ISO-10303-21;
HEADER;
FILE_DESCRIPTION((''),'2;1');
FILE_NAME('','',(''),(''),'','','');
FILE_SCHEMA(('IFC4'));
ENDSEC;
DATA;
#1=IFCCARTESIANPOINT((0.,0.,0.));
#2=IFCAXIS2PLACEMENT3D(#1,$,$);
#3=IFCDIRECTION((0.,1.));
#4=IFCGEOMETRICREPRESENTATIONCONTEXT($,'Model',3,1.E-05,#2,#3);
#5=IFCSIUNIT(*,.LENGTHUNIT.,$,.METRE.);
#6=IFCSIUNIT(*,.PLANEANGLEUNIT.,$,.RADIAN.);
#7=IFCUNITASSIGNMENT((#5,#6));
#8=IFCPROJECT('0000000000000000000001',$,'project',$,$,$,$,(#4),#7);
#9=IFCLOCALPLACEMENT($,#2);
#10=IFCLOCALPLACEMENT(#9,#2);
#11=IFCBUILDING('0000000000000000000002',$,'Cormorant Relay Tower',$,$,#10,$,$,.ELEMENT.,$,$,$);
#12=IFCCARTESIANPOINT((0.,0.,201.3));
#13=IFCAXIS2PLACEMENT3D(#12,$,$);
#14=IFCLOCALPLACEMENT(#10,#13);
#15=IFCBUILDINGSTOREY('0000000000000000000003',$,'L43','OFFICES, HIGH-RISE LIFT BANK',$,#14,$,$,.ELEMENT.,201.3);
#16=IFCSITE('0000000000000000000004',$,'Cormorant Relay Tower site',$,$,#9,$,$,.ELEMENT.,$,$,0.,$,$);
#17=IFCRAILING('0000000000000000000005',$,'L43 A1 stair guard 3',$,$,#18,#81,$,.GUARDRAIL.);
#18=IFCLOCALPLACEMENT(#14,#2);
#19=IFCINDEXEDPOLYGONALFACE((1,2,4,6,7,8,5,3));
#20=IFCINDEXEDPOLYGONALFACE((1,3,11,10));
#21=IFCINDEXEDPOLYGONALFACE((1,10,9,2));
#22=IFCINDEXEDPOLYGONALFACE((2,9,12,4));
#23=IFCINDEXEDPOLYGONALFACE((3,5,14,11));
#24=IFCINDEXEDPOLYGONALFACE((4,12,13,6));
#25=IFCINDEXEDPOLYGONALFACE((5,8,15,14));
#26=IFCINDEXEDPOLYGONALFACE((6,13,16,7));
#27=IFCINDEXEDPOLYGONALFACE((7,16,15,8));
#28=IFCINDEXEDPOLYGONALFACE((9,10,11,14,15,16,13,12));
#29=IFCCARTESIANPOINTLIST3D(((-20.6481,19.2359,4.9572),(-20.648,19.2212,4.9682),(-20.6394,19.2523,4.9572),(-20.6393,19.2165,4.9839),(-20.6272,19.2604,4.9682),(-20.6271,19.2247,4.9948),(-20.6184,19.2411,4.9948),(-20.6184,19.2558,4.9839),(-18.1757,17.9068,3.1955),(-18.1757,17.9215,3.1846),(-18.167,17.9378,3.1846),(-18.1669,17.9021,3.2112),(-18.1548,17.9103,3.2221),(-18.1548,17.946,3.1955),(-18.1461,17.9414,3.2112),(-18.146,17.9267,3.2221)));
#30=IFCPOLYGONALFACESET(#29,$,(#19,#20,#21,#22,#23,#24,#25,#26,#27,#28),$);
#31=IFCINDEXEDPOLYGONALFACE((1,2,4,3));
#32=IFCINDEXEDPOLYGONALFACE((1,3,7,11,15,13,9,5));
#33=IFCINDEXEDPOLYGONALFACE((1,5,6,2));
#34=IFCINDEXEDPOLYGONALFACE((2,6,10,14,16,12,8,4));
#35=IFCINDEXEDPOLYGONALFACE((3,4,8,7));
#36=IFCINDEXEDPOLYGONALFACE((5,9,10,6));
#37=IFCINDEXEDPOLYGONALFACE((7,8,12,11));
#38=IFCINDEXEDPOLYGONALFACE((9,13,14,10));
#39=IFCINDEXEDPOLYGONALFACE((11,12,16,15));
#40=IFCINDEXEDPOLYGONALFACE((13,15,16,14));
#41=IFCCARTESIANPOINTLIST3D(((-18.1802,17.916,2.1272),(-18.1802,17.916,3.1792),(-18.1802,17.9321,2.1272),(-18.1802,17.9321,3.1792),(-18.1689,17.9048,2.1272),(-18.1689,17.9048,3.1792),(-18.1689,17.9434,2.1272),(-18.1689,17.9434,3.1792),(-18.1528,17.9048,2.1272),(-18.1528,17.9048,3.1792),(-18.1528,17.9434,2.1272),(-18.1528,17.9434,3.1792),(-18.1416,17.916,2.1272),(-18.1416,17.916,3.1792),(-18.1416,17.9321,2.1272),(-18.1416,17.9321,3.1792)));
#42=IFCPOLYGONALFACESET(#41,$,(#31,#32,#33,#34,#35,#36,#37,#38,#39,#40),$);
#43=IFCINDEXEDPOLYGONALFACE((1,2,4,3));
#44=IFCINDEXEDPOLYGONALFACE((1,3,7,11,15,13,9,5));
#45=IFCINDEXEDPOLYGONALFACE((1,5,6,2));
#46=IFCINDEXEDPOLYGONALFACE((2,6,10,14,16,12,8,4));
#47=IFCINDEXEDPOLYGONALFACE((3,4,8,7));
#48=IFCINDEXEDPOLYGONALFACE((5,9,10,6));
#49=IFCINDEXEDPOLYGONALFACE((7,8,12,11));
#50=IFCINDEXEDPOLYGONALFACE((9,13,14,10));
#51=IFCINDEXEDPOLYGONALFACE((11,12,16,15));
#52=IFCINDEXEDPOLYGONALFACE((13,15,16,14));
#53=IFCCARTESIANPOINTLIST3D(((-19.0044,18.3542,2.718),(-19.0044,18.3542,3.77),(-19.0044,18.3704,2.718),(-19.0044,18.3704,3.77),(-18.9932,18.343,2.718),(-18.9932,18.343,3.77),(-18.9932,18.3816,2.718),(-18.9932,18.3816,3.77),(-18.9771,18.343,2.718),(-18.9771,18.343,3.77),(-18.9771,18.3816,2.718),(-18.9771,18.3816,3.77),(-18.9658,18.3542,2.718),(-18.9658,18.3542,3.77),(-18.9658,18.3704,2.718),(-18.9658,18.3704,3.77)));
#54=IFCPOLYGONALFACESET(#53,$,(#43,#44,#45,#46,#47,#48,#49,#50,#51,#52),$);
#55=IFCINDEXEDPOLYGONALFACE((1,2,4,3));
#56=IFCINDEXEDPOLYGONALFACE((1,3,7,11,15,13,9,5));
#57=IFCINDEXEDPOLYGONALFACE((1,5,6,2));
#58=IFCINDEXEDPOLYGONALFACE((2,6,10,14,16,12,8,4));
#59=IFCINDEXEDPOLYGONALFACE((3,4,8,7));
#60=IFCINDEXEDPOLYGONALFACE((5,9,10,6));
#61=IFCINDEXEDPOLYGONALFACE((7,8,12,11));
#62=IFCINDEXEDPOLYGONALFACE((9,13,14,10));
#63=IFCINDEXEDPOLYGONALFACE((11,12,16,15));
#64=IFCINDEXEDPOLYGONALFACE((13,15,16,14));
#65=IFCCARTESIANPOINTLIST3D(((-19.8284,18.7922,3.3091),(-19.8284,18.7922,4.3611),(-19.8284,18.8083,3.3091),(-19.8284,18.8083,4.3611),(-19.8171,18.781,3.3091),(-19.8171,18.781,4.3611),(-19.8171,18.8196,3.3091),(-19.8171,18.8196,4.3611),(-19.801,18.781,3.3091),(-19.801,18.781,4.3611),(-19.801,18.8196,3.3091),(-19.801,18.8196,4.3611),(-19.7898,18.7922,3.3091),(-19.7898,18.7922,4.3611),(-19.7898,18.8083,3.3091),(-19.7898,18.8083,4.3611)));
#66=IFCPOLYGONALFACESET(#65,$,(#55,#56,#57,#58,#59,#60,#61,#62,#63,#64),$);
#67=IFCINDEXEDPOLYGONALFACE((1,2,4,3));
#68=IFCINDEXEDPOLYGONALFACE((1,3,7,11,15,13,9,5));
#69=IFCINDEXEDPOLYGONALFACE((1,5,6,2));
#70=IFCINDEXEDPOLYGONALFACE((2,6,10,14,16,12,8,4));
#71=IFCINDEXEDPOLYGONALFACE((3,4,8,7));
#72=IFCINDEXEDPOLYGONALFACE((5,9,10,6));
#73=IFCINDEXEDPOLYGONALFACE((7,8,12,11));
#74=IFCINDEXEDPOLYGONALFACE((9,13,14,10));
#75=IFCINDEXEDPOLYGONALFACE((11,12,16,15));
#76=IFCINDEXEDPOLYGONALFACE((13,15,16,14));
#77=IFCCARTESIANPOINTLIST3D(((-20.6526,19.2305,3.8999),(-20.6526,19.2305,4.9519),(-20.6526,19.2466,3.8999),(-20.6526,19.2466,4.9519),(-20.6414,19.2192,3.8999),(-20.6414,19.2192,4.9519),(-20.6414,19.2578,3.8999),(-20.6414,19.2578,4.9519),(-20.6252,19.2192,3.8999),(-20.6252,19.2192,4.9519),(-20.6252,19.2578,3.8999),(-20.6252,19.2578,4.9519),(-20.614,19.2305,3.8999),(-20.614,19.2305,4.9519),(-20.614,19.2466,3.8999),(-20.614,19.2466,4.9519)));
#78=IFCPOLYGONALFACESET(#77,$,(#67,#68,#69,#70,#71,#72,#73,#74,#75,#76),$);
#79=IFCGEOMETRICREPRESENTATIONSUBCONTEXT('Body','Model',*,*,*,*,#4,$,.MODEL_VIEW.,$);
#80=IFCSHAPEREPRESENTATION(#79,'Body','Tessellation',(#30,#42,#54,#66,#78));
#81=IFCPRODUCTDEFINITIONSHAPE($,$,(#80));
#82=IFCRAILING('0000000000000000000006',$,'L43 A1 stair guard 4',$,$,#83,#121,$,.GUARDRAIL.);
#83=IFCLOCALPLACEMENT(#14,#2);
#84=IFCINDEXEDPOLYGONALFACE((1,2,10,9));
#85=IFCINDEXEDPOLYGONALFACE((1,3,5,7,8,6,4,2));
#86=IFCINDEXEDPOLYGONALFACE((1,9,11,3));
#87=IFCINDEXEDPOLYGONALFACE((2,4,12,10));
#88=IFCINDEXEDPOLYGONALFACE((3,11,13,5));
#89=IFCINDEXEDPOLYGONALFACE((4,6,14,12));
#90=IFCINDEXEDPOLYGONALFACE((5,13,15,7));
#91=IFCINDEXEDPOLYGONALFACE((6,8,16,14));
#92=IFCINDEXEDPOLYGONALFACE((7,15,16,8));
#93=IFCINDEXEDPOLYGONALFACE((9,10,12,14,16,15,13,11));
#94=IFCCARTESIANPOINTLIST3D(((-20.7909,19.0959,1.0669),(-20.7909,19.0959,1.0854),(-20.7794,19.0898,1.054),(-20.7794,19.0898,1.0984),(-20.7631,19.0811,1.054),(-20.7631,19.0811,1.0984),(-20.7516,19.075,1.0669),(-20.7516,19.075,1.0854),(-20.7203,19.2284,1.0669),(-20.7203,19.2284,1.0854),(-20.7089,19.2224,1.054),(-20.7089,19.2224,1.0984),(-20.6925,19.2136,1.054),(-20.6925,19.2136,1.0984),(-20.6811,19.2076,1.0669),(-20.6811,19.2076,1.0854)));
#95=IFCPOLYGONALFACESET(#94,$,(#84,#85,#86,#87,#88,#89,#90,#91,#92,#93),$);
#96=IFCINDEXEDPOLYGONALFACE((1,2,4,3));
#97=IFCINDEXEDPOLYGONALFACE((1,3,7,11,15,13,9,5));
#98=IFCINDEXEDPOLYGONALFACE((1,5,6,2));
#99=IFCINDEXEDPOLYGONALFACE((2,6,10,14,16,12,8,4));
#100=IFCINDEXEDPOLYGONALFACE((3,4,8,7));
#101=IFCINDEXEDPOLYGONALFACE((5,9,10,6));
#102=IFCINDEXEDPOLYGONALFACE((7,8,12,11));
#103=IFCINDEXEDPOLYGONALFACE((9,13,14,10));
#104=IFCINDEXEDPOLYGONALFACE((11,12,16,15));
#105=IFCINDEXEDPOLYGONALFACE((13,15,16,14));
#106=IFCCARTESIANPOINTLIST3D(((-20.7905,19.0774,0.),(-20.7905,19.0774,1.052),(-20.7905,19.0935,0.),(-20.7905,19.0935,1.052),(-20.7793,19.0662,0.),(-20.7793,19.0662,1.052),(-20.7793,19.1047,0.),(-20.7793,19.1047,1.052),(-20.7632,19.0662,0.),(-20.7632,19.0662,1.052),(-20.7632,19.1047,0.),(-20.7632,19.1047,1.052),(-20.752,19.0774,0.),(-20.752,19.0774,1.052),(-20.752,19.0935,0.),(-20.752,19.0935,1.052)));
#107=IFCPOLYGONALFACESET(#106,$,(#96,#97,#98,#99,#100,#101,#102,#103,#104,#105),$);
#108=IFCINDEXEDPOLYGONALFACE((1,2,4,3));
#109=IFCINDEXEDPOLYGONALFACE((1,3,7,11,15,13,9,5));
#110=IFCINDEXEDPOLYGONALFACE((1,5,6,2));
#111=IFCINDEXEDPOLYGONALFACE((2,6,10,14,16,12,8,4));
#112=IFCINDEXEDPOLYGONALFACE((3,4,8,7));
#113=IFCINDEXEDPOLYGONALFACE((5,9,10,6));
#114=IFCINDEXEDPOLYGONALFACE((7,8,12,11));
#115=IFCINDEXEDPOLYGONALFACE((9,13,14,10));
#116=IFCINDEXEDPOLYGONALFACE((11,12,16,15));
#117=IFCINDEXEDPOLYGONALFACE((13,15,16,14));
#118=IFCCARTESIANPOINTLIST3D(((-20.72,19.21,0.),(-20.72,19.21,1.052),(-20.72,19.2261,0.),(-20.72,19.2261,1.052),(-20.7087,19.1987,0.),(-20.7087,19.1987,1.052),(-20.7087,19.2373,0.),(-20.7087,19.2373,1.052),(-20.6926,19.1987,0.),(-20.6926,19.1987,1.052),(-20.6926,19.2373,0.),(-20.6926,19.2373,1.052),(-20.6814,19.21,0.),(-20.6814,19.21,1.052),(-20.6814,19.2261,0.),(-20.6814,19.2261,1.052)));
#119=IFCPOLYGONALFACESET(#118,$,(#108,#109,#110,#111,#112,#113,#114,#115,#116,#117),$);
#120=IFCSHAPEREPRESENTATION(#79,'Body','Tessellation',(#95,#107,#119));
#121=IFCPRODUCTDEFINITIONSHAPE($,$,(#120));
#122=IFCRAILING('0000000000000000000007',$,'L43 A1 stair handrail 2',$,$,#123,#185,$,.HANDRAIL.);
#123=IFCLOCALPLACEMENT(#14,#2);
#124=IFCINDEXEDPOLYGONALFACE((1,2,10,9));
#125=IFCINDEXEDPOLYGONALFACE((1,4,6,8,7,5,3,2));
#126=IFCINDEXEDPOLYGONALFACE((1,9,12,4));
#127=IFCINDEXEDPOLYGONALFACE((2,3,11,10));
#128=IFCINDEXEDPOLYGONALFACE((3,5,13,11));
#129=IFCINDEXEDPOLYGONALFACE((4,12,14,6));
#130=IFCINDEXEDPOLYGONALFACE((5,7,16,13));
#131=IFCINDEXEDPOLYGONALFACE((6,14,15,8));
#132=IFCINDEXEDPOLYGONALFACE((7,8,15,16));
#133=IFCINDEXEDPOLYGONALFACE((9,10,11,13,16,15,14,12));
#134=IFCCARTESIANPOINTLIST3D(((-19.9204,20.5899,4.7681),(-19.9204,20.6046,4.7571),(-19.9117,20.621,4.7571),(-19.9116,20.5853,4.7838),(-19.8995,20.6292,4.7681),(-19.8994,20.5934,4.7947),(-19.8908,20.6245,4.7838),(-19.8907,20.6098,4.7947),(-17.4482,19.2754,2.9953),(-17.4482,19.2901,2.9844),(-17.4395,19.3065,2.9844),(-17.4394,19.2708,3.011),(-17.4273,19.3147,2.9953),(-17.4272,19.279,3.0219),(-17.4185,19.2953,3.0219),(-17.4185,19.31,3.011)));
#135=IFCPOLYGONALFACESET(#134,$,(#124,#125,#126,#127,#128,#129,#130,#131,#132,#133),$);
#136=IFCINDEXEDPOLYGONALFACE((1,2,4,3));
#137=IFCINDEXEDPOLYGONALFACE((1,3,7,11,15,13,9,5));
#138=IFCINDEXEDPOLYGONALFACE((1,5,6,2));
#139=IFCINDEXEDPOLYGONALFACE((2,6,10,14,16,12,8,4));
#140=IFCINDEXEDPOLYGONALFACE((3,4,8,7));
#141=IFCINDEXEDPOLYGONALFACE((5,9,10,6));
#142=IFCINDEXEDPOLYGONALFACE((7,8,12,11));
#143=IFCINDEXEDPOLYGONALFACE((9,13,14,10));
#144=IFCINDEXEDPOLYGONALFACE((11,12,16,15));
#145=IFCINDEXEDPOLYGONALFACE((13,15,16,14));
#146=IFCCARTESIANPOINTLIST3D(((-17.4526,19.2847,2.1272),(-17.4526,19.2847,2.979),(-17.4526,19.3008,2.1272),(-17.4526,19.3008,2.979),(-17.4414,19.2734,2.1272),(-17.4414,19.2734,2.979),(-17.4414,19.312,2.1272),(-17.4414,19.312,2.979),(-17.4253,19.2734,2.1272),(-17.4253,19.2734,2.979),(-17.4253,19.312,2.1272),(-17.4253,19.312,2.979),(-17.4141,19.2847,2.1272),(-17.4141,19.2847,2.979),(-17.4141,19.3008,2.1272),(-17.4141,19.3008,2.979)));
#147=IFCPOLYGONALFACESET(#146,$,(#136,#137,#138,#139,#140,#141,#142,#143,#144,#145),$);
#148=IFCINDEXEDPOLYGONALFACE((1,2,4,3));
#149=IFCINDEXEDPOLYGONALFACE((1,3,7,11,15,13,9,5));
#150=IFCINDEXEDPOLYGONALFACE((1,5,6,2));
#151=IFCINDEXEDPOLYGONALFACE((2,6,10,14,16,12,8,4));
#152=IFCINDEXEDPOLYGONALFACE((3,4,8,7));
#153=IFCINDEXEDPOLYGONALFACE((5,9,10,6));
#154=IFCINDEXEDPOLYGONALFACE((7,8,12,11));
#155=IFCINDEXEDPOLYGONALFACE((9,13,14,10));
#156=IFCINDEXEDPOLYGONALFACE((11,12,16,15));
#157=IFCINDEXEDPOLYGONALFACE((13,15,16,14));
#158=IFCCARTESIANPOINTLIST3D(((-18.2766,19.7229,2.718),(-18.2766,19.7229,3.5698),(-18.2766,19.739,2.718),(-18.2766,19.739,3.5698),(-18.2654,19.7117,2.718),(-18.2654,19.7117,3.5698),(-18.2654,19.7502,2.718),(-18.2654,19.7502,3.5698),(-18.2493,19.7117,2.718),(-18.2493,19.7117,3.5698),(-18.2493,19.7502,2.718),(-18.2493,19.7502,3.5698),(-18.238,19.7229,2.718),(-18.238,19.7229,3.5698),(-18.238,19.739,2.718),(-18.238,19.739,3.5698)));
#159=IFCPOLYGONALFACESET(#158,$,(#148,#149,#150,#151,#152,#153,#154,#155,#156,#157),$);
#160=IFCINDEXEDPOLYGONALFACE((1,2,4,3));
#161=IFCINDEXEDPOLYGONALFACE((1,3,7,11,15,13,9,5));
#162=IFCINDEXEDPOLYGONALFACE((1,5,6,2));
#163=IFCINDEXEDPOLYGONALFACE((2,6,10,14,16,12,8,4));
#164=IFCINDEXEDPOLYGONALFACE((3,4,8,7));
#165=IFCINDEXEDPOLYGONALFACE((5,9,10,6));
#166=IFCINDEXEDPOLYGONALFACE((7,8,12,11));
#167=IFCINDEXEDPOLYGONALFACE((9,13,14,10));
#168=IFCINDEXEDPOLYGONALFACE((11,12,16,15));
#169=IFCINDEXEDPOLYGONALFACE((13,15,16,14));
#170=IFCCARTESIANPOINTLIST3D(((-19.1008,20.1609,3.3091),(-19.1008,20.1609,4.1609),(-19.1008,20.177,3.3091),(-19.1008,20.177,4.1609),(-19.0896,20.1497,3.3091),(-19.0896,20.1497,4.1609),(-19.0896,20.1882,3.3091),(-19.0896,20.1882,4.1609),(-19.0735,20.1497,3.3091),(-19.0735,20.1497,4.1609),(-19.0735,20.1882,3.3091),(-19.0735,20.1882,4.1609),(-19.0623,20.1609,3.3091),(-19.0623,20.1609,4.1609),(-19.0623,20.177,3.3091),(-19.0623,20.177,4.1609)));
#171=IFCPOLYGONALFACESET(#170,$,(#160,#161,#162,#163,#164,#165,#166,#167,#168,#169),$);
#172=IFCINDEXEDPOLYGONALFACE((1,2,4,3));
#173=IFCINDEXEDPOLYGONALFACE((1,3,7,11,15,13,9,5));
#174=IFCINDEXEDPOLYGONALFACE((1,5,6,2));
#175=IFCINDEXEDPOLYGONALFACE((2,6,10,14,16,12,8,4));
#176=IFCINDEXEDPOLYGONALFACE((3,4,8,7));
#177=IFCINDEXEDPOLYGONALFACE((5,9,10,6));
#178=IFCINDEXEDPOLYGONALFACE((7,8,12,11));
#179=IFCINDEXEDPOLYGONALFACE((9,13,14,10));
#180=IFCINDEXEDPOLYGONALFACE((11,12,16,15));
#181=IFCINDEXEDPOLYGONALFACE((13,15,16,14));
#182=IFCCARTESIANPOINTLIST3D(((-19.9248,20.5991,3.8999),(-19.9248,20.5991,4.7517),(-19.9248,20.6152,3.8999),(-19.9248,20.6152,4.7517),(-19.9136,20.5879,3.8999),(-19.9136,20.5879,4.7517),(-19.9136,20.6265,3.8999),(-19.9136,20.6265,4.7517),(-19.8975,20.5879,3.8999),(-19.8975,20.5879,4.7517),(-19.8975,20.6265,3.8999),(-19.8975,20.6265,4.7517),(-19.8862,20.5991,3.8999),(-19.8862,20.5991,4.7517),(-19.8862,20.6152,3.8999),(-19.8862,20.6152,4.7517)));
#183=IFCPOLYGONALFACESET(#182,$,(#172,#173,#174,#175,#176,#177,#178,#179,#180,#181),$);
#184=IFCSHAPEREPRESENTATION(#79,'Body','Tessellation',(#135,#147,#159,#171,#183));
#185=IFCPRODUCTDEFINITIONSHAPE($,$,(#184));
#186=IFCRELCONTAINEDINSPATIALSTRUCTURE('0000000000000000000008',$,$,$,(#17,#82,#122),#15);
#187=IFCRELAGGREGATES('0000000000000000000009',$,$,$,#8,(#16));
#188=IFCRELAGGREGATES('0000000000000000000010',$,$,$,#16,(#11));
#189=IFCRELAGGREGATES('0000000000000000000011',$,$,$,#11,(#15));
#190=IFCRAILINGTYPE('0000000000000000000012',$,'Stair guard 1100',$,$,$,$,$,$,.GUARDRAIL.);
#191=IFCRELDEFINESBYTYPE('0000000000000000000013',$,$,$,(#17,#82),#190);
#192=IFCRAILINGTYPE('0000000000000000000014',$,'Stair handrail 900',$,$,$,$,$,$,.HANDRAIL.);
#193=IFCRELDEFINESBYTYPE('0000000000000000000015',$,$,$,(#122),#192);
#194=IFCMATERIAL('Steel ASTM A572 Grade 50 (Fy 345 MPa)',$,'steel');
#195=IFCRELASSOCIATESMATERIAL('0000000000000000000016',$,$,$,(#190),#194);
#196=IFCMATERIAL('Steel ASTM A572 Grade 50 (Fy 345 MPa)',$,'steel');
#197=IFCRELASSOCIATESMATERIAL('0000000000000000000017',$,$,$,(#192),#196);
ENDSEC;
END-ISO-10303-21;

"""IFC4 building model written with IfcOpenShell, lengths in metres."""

from ifc_helpers import new_model, si_unit, direction, frame, origin, place, context, subcontext, project, spatial, polyline, outline, extrude, material, type_object, element, save


model = new_model("IFC4")

# Units and contexts
model_context = context("Model", 3, precision=1e-05, world=origin(), true_north=direction((0.0, 1.0)))
body_context = subcontext(model_context, "Body", "Model", "MODEL_VIEW")
ifc_project = project(units=[si_unit("LENGTHUNIT", "METRE"), si_unit("PLANEANGLEUNIT", "RADIAN")], contexts=[model_context])

# Site, building, storey
site_placement = place(None, origin())
site = spatial("IfcSite", under=ifc_project, at=site_placement, Name="Cormorant Relay Tower site", CompositionType="ELEMENT", RefElevation=0.0)
building_placement = place(site_placement, origin())
building = spatial("IfcBuilding", under=site, at=building_placement, Name="Cormorant Relay Tower", CompositionType="ELEMENT")
storey_placement = place(building_placement, frame((0.0, 0.0, 201.3)))
storey = spatial("IfcBuildingStorey", under=building, at=storey_placement, Name="L43", Description="OFFICES, HIGH-RISE LIFT BANK", CompositionType="ELEMENT", Elevation=201.3)

# Railings
ifc_material_1 = material(Name="Steel ASTM A572 Grade 50 (Fy 345 MPa)", Category="steel")
railing_type_1 = type_object("IfcRailingType", Name="Stair guard 1100", PredefinedType="GUARDRAIL", material=ifc_material_1)
railing_1_placement = place(storey_placement, frame((-18.1609, 17.9241, 2.1272)))
element("IfcRailing", 1, at=railing_1_placement, inside=storey, type_object=railing_type_1, Name="L43 A1 stair guard 3", PredefinedType="GUARDRAIL", context=body_context, shape_type="SweptSolid", body=[
    extrude(outline(polyline([(0.0222, 0.0093), (0.0093, 0.0222), (-0.0093, 0.0222), (-0.0222, 0.0093), (-0.0222, -0.0093), (-0.0093, -0.0222), (0.0093, -0.0222), (0.0222, -0.0093), (0.0222, 0.0093)])), frame((0.0, 0.0, 1.0762), z_axis=(-0.746034, 0.396627, 0.534902), x_axis=(-0.469429, -0.88297, 0.0)), (0.0, 0.0, 1.0), 3.314),
    extrude(outline(polyline([(0.0193, 0.0081), (0.0081, 0.0193), (-0.0081, 0.0193), (-0.0193, 0.0081), (-0.0193, -0.0081), (-0.0081, -0.0193), (0.0081, -0.0193), (0.0193, -0.0081), (0.0193, 0.0081)])), origin(), (0.0, 0.0, 1.0), 1.052),
    extrude(outline(polyline([(0.0193, 0.0081), (0.0081, 0.0193), (-0.0081, 0.0193), (-0.0193, 0.0081), (-0.0193, -0.0081), (-0.0081, -0.0193), (0.0081, -0.0193), (0.0193, -0.0081), (0.0193, 0.0081)])), frame((-0.8242, 0.4382, 0.5908)), (0.0, 0.0, 1.0), 1.052),
    extrude(outline(polyline([(0.0193, 0.0081), (0.0081, 0.0193), (-0.0081, 0.0193), (-0.0193, 0.0081), (-0.0193, -0.0081), (-0.0081, -0.0193), (0.0081, -0.0193), (0.0193, -0.0081), (0.0193, 0.0081)])), frame((-1.6482, 0.8762, 1.1819)), (0.0, 0.0, 1.0), 1.052),
    extrude(outline(polyline([(0.0193, 0.0081), (0.0081, 0.0193), (-0.0081, 0.0193), (-0.0193, 0.0081), (-0.0193, -0.0081), (-0.0081, -0.0193), (0.0081, -0.0193), (0.0193, -0.0081), (0.0193, 0.0081)])), frame((-2.4724, 1.3145, 1.7727)), (0.0, 0.0, 1.0), 1.052),
])
railing_2_placement = place(storey_placement, frame((-20.7712, 19.0854, 0.0)))
element("IfcRailing", 2, at=railing_2_placement, inside=storey, type_object=railing_type_1, Name="L43 A1 stair guard 4", PredefinedType="GUARDRAIL", context=body_context, shape_type="SweptSolid", body=[
    extrude(outline(polyline([(0.0222, 0.0093), (0.0093, 0.0222), (-0.0093, 0.0222), (-0.0222, 0.0093), (-0.0222, -0.0093), (-0.0093, -0.0222), (0.0093, -0.0222), (0.0222, -0.0093), (0.0222, 0.0093)])), frame((0.0, 0.0, 1.0762), z_axis=(0.469829, 0.882758, 0.0), x_axis=(-0.882758, 0.469829, 0.0)), (0.0, 0.0, 1.0), 0.1501),
    extrude(outline(polyline([(0.0193, 0.0081), (0.0081, 0.0193), (-0.0081, 0.0193), (-0.0193, 0.0081), (-0.0193, -0.0081), (-0.0081, -0.0193), (0.0081, -0.0193), (0.0193, -0.0081), (0.0193, 0.0081)])), origin(), (0.0, 0.0, 1.0), 1.052),
    extrude(outline(polyline([(0.0193, 0.0081), (0.0081, 0.0193), (-0.0081, 0.0193), (-0.0193, 0.0081), (-0.0193, -0.0081), (-0.0081, -0.0193), (0.0081, -0.0193), (0.0193, -0.0081), (0.0193, 0.0081)])), frame((0.0706, 0.1326, 0.0)), (0.0, 0.0, 1.0), 1.052),
])
ifc_material_2 = material(Name="Steel ASTM A572 Grade 50 (Fy 345 MPa)", Category="steel")
railing_type_2 = type_object("IfcRailingType", Name="Stair handrail 900", PredefinedType="HANDRAIL", material=ifc_material_2)
railing_3_placement = place(storey_placement, frame((-17.4333, 19.2927, 2.1272)))
element("IfcRailing", 3, at=railing_3_placement, inside=storey, type_object=railing_type_2, Name="L43 A1 stair handrail 2", PredefinedType="HANDRAIL", context=body_context, shape_type="SweptSolid", body=[
    extrude(outline(polyline([(0.0222, 0.0093), (0.0093, 0.0222), (-0.0093, 0.0222), (-0.0222, 0.0093), (-0.0222, -0.0093), (-0.0093, -0.0222), (0.0093, -0.0222), (0.0222, -0.0093), (0.0222, 0.0093)])), frame((0.0, 0.0, 0.876), z_axis=(-0.746001, 0.396649, 0.534931), x_axis=(-0.469465, -0.882951, 0.0)), (0.0, 0.0, 1.0), 3.314),
    extrude(outline(polyline([(0.0193, 0.0081), (0.0081, 0.0193), (-0.0081, 0.0193), (-0.0193, 0.0081), (-0.0193, -0.0081), (-0.0081, -0.0193), (0.0081, -0.0193), (0.0193, -0.0081), (0.0193, 0.0081)])), origin(), (0.0, 0.0, 1.0), 0.8518),
    extrude(outline(polyline([(0.0193, 0.0081), (0.0081, 0.0193), (-0.0081, 0.0193), (-0.0193, 0.0081), (-0.0193, -0.0081), (-0.0081, -0.0193), (0.0081, -0.0193), (0.0193, -0.0081), (0.0193, 0.0081)])), frame((-0.824, 0.4382, 0.5908)), (0.0, 0.0, 1.0), 0.8518),
    extrude(outline(polyline([(0.0193, 0.0081), (0.0081, 0.0193), (-0.0081, 0.0193), (-0.0193, 0.0081), (-0.0193, -0.0081), (-0.0081, -0.0193), (0.0081, -0.0193), (0.0193, -0.0081), (0.0193, 0.0081)])), frame((-1.6482, 0.8762, 1.1819)), (0.0, 0.0, 1.0), 0.8518),
    extrude(outline(polyline([(0.0193, 0.0081), (0.0081, 0.0193), (-0.0081, 0.0193), (-0.0193, 0.0081), (-0.0193, -0.0081), (-0.0081, -0.0193), (0.0081, -0.0193), (0.0193, -0.0081), (0.0193, 0.0081)])), frame((-2.4722, 1.3145, 1.7727)), (0.0, 0.0, 1.0), 0.8518),
])

save(model, "model.ifc")
